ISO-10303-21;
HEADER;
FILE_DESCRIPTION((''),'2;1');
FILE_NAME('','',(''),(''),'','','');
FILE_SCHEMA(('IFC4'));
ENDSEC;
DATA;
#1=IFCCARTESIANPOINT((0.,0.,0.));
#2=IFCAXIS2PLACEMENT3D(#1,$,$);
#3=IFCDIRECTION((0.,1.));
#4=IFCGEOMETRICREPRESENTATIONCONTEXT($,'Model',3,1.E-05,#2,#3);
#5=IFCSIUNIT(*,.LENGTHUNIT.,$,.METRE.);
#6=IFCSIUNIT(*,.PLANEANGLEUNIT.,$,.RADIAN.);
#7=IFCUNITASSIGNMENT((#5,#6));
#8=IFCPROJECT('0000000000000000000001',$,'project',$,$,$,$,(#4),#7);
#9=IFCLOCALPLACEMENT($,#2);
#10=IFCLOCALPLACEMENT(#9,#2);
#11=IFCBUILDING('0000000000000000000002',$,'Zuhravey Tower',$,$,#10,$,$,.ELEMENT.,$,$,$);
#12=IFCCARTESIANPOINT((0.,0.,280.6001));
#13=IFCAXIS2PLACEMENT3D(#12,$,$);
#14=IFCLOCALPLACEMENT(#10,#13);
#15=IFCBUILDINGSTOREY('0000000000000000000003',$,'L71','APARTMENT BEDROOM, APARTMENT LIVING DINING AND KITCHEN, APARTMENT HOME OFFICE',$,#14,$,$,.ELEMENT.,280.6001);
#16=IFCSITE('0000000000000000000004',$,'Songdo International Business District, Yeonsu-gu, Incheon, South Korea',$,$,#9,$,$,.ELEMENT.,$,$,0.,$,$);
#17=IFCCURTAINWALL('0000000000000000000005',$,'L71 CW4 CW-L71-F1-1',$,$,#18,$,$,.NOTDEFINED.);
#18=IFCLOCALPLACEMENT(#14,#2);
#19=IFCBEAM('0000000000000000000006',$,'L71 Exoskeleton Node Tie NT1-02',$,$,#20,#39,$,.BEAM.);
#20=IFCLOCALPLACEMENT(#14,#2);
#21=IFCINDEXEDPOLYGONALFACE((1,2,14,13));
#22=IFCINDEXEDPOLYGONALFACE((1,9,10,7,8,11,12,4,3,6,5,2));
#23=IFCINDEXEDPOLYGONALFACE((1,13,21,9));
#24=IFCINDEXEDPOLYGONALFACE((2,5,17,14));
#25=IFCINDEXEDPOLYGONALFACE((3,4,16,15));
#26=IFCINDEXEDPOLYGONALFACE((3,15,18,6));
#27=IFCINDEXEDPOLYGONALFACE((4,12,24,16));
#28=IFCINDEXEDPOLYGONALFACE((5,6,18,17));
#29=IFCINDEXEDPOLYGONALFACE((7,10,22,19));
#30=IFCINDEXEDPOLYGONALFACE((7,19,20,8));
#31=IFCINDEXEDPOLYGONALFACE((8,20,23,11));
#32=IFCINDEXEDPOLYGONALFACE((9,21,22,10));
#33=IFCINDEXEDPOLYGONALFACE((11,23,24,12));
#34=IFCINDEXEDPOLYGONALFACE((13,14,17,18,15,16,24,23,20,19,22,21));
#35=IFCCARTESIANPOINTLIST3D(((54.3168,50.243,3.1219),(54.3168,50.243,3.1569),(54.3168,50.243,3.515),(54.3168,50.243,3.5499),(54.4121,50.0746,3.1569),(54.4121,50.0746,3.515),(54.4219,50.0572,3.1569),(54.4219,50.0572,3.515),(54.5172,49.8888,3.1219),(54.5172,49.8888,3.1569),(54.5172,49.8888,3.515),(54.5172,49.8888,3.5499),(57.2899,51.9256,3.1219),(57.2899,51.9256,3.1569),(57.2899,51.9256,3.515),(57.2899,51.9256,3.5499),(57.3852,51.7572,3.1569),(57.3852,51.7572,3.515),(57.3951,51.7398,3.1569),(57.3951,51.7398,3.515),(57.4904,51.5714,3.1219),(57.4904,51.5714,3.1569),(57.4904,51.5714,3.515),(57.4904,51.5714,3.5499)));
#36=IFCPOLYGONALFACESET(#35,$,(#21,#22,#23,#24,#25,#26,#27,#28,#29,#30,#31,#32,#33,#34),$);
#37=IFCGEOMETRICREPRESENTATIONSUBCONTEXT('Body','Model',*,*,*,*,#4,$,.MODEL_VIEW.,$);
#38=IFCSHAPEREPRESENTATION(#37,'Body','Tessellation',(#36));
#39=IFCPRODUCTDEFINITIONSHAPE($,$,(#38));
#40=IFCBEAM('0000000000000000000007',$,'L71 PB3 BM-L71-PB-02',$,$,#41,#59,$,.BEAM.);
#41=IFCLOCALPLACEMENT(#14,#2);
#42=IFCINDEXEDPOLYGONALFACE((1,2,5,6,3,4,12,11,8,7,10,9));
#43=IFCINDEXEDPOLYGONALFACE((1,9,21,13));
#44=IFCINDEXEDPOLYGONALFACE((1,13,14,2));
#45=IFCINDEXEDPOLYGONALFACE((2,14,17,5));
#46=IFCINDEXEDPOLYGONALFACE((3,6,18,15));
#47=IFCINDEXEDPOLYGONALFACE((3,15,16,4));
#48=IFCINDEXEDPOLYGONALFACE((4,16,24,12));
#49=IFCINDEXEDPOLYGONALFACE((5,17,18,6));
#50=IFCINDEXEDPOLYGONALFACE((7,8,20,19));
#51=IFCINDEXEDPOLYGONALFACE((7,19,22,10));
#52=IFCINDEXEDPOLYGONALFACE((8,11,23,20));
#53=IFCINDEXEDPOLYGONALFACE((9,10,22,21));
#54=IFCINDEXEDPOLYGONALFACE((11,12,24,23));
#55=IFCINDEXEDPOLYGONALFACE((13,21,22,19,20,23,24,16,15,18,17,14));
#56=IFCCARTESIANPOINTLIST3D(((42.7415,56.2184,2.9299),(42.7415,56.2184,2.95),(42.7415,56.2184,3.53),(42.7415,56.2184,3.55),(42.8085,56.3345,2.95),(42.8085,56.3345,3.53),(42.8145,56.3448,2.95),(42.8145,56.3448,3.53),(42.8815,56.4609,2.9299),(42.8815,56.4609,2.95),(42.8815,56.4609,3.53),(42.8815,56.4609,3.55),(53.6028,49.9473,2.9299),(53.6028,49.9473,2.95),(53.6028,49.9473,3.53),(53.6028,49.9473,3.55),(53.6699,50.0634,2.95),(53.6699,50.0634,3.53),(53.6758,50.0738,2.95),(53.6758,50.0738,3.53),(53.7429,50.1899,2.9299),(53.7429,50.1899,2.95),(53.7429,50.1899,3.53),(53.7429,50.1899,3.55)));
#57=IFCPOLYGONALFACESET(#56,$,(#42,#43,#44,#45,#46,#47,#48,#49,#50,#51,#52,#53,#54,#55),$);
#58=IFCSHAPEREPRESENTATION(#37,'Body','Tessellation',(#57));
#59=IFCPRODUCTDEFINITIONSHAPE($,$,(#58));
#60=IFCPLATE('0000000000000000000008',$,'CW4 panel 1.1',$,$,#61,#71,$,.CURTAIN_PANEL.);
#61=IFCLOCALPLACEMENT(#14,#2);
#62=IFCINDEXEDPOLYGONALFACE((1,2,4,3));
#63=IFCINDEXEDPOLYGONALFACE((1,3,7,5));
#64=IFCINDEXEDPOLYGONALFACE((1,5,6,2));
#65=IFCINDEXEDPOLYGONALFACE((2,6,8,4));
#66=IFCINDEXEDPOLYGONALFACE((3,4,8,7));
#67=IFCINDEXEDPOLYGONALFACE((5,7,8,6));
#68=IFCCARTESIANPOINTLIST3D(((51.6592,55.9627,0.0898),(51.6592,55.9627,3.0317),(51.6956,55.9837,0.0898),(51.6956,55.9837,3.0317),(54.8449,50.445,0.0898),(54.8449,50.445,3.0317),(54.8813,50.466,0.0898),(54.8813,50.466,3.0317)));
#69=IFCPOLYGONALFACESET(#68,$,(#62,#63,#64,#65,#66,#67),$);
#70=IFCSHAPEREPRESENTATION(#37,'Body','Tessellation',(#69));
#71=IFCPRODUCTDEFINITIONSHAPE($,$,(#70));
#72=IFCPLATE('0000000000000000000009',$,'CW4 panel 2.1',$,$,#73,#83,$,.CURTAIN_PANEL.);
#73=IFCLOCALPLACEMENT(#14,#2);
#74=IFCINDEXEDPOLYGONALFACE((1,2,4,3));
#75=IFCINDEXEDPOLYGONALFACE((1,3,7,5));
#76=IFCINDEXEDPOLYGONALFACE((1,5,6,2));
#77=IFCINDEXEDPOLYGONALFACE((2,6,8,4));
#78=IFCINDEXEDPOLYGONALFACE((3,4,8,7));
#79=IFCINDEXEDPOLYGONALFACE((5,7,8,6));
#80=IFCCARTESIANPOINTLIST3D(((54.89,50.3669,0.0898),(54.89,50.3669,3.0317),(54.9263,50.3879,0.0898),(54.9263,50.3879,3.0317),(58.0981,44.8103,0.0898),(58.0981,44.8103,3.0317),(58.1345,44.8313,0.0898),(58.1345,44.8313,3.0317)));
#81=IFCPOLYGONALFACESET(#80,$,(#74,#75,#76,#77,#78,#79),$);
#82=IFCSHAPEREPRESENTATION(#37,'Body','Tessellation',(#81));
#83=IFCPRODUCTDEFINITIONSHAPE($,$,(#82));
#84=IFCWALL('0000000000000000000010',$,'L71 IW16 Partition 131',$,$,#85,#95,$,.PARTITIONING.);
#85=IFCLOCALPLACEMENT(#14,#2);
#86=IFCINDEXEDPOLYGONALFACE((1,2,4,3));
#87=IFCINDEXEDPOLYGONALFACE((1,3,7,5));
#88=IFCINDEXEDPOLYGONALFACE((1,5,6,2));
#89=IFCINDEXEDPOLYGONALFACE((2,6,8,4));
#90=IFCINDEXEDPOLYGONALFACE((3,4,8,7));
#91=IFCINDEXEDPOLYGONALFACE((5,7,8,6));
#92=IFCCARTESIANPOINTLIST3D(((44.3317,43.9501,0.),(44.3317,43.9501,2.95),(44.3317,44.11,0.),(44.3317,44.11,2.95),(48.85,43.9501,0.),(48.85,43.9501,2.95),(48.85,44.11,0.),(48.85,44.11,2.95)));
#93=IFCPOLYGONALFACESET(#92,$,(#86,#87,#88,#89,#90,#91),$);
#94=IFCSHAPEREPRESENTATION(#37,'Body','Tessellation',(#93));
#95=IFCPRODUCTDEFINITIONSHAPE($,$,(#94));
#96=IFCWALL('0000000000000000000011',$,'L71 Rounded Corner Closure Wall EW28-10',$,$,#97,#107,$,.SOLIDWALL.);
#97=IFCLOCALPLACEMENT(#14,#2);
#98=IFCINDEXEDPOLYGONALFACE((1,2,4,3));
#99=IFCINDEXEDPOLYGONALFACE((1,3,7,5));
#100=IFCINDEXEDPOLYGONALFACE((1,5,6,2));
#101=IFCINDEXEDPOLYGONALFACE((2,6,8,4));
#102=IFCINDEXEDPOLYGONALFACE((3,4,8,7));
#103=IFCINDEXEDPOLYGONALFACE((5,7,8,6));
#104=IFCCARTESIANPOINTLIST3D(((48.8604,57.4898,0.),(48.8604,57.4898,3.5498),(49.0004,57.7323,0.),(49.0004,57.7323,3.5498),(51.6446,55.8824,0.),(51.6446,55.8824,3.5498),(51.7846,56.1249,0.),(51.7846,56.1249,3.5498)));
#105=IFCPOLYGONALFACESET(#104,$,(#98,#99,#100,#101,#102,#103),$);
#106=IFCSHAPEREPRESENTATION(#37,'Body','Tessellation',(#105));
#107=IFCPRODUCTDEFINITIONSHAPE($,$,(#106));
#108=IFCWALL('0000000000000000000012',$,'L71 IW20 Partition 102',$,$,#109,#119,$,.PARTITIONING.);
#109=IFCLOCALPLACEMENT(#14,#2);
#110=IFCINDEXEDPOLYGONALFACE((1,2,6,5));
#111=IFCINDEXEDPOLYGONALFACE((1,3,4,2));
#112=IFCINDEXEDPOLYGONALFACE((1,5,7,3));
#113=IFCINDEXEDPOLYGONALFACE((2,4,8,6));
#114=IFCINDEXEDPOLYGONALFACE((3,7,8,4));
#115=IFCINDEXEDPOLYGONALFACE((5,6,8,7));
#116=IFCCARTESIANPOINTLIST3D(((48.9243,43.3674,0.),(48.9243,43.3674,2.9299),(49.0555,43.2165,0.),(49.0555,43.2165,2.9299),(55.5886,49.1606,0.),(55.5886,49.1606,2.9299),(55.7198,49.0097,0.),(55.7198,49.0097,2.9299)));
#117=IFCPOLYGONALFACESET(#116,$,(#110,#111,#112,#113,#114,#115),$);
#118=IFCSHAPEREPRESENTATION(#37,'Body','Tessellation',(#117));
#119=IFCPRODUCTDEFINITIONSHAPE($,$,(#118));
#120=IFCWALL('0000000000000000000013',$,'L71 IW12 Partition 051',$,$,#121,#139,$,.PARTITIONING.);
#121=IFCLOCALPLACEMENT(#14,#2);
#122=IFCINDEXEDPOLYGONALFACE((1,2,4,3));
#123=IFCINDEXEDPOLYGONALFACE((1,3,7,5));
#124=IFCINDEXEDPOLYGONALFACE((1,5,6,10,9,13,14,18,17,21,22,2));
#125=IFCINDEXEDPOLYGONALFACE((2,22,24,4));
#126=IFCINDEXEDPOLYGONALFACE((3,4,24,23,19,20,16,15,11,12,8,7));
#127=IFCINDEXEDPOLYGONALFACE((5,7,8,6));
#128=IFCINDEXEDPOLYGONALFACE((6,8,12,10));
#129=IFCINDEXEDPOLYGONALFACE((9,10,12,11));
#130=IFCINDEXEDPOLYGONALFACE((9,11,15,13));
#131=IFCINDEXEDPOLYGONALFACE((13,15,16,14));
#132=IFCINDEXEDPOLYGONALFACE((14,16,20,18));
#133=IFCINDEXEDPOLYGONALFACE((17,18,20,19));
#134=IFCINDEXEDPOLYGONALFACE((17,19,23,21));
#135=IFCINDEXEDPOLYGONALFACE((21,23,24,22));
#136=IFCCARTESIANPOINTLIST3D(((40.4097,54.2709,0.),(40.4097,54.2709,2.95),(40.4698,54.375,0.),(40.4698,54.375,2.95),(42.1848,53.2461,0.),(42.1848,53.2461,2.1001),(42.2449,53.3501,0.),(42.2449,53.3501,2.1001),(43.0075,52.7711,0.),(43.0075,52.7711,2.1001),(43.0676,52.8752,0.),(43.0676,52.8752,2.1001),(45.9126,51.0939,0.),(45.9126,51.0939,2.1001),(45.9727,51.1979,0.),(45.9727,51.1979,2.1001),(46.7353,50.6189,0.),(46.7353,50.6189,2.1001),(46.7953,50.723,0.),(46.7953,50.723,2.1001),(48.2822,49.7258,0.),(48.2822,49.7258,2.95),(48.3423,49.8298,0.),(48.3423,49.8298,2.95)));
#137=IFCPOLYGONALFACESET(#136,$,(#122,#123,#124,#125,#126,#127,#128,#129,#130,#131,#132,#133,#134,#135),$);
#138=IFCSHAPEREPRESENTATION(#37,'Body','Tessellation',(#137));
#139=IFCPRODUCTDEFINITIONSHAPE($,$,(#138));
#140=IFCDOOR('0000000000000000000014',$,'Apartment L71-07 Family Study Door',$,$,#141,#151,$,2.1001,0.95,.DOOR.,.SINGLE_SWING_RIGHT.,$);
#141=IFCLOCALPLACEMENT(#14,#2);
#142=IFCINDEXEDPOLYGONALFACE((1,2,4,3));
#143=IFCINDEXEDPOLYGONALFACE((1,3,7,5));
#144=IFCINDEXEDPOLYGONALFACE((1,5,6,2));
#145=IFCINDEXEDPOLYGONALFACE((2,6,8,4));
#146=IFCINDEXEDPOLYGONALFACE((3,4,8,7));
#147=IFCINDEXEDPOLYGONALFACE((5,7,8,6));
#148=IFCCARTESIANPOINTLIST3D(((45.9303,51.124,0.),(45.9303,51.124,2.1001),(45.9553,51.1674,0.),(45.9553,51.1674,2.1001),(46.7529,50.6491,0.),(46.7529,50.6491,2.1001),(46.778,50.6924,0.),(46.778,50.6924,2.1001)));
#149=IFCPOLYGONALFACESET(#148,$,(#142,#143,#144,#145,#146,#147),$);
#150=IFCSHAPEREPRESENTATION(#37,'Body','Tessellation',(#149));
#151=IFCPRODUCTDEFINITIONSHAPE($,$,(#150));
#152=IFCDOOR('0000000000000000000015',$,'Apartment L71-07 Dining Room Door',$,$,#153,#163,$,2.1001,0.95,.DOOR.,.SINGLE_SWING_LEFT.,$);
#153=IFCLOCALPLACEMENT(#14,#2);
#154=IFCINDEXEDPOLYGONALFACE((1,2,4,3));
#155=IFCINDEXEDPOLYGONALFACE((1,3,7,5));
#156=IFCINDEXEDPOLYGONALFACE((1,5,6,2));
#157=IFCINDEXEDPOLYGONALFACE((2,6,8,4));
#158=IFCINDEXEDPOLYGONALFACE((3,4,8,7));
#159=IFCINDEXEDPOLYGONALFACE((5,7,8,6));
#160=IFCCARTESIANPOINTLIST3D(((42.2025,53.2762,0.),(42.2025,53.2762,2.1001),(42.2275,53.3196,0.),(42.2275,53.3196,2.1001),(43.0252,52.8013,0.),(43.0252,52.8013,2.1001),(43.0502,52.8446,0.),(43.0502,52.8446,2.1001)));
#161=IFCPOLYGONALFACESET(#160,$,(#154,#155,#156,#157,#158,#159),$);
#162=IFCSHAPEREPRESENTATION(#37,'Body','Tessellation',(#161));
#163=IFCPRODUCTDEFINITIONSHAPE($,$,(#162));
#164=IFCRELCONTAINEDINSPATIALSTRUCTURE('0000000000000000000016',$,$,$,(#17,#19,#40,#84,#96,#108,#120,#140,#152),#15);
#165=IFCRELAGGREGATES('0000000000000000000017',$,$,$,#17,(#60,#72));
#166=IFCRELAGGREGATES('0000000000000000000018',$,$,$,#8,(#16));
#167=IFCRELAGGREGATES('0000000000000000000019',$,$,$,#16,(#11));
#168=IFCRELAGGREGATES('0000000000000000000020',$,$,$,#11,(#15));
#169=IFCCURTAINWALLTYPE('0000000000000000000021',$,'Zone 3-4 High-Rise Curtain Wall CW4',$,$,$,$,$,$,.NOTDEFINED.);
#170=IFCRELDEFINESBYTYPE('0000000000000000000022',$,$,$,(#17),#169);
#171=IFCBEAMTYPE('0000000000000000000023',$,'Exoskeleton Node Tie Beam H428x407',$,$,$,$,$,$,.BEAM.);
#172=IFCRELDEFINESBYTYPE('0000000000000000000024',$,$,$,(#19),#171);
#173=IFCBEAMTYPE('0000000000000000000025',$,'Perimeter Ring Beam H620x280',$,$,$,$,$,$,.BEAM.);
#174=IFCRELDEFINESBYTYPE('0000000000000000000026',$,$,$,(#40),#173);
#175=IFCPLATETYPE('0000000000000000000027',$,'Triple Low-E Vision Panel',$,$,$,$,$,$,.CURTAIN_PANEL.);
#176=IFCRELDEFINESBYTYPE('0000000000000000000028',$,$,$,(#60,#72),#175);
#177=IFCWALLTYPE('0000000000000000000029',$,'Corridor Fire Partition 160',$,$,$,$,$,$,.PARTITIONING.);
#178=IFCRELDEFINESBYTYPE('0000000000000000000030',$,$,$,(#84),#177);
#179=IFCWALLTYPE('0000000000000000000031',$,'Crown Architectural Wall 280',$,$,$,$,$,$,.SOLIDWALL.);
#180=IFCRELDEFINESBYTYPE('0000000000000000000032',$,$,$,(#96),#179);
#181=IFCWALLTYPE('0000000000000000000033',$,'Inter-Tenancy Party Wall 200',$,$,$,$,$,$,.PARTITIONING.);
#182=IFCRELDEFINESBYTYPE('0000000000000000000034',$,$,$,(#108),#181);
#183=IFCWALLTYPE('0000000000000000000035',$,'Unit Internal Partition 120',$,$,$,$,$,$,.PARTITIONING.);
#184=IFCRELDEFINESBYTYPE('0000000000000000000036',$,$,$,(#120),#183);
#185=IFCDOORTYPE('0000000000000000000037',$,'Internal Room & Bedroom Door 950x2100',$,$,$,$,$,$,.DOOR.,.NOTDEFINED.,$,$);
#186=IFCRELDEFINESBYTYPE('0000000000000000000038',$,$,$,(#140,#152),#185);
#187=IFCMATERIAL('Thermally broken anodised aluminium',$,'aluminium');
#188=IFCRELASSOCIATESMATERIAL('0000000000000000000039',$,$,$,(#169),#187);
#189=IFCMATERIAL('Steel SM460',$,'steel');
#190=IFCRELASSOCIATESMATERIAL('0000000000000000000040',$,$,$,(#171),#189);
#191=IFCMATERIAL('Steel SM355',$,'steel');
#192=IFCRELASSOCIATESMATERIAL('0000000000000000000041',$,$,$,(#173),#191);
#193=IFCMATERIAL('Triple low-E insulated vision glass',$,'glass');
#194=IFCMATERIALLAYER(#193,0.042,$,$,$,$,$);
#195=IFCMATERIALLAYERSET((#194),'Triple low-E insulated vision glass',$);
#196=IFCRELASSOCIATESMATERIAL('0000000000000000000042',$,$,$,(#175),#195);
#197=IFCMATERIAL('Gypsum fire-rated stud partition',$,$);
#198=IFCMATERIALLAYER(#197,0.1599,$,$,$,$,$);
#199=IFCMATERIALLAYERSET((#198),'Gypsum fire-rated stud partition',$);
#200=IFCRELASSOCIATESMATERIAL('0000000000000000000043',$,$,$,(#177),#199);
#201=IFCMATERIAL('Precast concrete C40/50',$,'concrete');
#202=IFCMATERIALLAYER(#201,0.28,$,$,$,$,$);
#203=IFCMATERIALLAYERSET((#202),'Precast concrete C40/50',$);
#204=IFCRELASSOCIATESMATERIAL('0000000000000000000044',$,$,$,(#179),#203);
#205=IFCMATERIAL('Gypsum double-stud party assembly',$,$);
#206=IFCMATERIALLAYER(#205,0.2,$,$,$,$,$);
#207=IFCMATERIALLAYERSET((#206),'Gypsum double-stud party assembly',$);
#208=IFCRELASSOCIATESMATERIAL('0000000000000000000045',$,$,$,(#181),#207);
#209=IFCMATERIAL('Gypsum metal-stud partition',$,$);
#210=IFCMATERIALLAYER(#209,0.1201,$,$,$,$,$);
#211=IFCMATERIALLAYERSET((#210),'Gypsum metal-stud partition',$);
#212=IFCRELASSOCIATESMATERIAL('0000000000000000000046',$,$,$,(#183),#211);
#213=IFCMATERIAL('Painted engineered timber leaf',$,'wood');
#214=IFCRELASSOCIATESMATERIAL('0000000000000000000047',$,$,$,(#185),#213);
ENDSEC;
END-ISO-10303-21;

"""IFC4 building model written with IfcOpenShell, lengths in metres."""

from ifc_helpers import new_model, si_unit, direction, frame, frame_2d, origin, origin_2d, place, context, subcontext, project, spatial, rectangle, i_section, extrude, material, layer, layer_set, material_profile, profile_set, type_object, element, fill, aggregate, save


model = new_model("IFC4")

# Units and contexts
model_context = context("Model", 3, precision=1e-05, world=origin(), true_north=direction((0.0, 1.0)))
body_context = subcontext(model_context, "Body", "Model", "MODEL_VIEW")
ifc_project = project(units=[si_unit("LENGTHUNIT", "METRE"), si_unit("PLANEANGLEUNIT", "RADIAN")], contexts=[model_context])

# Site, building, storey
site_placement = place(None, origin())
site = spatial("IfcSite", under=ifc_project, at=site_placement, Name="Songdo International Business District, Yeonsu-gu, Incheon, South Korea", CompositionType="ELEMENT", RefElevation=0.0)
building_placement = place(site_placement, origin())
building = spatial("IfcBuilding", under=site, at=building_placement, Name="Zuhravey Tower", CompositionType="ELEMENT")
storey_placement = place(building_placement, frame((0.0, 0.0, 280.6001)))
storey = spatial("IfcBuildingStorey", under=building, at=storey_placement, Name="L71", Description="APARTMENT BEDROOM, APARTMENT LIVING DINING AND KITCHEN, APARTMENT HOME OFFICE", CompositionType="ELEMENT", Elevation=280.6001)

# Shared definitions
ifc_material_1 = material(Name="Thermally broken anodised aluminium", Category="aluminium")
curtain_wall_type = type_object("IfcCurtainWallType", Name="Zone 3-4 High-Rise Curtain Wall CW4", PredefinedType="NOTDEFINED", material=ifc_material_1)

# Curtain wall
curtain_wall_1_placement = place(storey_placement, origin())
curtain_wall_1 = element("IfcCurtainWall", 1, at=curtain_wall_1_placement, inside=storey, type_object=curtain_wall_type, Name="L71 CW4 CW-L71-F1-1", PredefinedType="NOTDEFINED")

# Beams
ifc_material_2 = material(Name="Steel SM460", Category="steel")
ifc_material_profile_1 = material_profile(ifc_material_2, i_section(OverallWidth=0.407, OverallDepth=0.428, WebThickness=0.02, FlangeThickness=0.0349, at=origin_2d()), Name="H-428x407x20x35")
ifc_profile_set_1 = profile_set([ifc_material_profile_1], Name="Steel SM460")
beam_type_1 = type_object("IfcBeamType", Name="Exoskeleton Node Tie Beam H428x407", PredefinedType="BEAM", material=ifc_profile_set_1)
beam_1_placement = place(storey_placement, frame((54.417, 50.0659, 3.3359), z_axis=(0.870294, 0.492533, 0.0), x_axis=(-0.492533, 0.870294, 0.0)))
element("IfcBeam", 2, at=beam_1_placement, inside=storey, type_object=beam_type_1, Name="L71 Exoskeleton Node Tie NT1-02", PredefinedType="BEAM", context=body_context, shape_type="SweptSolid", body=[
    extrude(i_section(OverallWidth=0.407, OverallDepth=0.428, WebThickness=0.02, FlangeThickness=0.0349, at=origin_2d()), origin(), (0.0, 0.0, 1.0), 3.4163),
])
ifc_material_3 = material(Name="Steel SM355", Category="steel")
ifc_material_profile_2 = material_profile(ifc_material_3, i_section(OverallWidth=0.28, OverallDepth=0.6201, WebThickness=0.012, FlangeThickness=0.02, at=origin_2d()), Name="H-620x280x12x20")
ifc_profile_set_2 = profile_set([ifc_material_profile_2], Name="Steel SM355")
beam_type_2 = type_object("IfcBeamType", Name="Perimeter Ring Beam H620x280", PredefinedType="BEAM", material=ifc_profile_set_2)
beam_2_placement = place(storey_placement, frame((53.6729, 50.0686, 3.24), z_axis=(-0.866018, 0.500012, 0.0), x_axis=(-0.500012, -0.866018, 0.0)))
element("IfcBeam", 3, at=beam_2_placement, inside=storey, type_object=beam_type_2, Name="L71 PB3 BM-L71-PB-02", PredefinedType="BEAM", context=body_context, shape_type="SweptSolid", body=[
    extrude(i_section(OverallWidth=0.28, OverallDepth=0.6201, WebThickness=0.012, FlangeThickness=0.02, at=origin_2d()), origin(), (0.0, 0.0, 1.0), 12.5417),
])

# Plates
ifc_material_4 = material(Name="Triple low-E insulated vision glass", Category="glass")
ifc_layer_1 = layer(ifc_material_4, 0.042)
ifc_layer_set_1 = layer_set([ifc_layer_1], Name="Triple low-E insulated vision glass")
plate_type = type_object("IfcPlateType", Name="Triple Low-E Vision Panel", PredefinedType="CURTAIN_PANEL", material=ifc_layer_set_1)
plate_1_placement = place(storey_placement, frame((53.2703, 53.2144, 0.0898), z_axis=(0.0, 0.0, 1.0), x_axis=(0.500001, -0.866025, 0.0)))
plate_1 = element("IfcPlate", 4, at=plate_1_placement, type_object=plate_type, Name="CW4 panel 1.1", PredefinedType="CURTAIN_PANEL", context=body_context, shape_type="SweptSolid", body=[
    extrude(rectangle(XDim=6.3713, YDim=0.042, at=origin_2d()), origin(), (0.0, 0.0, 1.0), 2.9419),
])
plate_2_placement = place(storey_placement, frame((56.5122, 47.5991, 0.0898), z_axis=(0.0, 0.0, 1.0), x_axis=(0.500001, -0.866025, 0.0)))
plate_2 = element("IfcPlate", 5, at=plate_2_placement, type_object=plate_type, Name="CW4 panel 2.1", PredefinedType="CURTAIN_PANEL", context=body_context, shape_type="SweptSolid", body=[
    extrude(rectangle(XDim=6.4163, YDim=0.042, at=origin_2d()), origin(), (0.0, 0.0, 1.0), 2.9419),
])
aggregate(curtain_wall_1, [plate_1, plate_2])

# Walls
ifc_material_5 = material(Name="Gypsum fire-rated stud partition")
ifc_layer_2 = layer(ifc_material_5, 0.1599)
ifc_layer_set_2 = layer_set([ifc_layer_2], Name="Gypsum fire-rated stud partition")
wall_type_1 = type_object("IfcWallType", Name="Corridor Fire Partition 160", PredefinedType="PARTITIONING", material=ifc_layer_set_2)
wall_1_placement = place(storey_placement, frame((48.8501, 44.03, 0.0), z_axis=(0.0, 0.0, 1.0), x_axis=(-1.0, 0.0, 0.0)))
element("IfcWall", 6, at=wall_1_placement, inside=storey, type_object=wall_type_1, Name="L71 IW16 Partition 131", PredefinedType="PARTITIONING", context=body_context, shape_type="SweptSolid", body=[
    extrude(rectangle(XDim=4.5183, YDim=0.1599, at=frame_2d((2.2593, 0.0))), origin(), (0.0, 0.0, 1.0), 2.95),
])
ifc_material_6 = material(Name="Precast concrete C40/50", Category="concrete")
ifc_layer_3 = layer(ifc_material_6, 0.28)
ifc_layer_set_3 = layer_set([ifc_layer_3], Name="Precast concrete C40/50")
wall_type_2 = type_object("IfcWallType", Name="Crown Architectural Wall 280", PredefinedType="SOLIDWALL", material=ifc_layer_set_3)
wall_2_placement = place(storey_placement, frame((48.9304, 57.6111, 0.0), z_axis=(0.0, 0.0, 1.0), x_axis=(0.866029, -0.499994, 0.0)))
element("IfcWall", 7, at=wall_2_placement, inside=storey, type_object=wall_type_2, Name="L71 Rounded Corner Closure Wall EW28-10", PredefinedType="SOLIDWALL", context=body_context, shape_type="SweptSolid", body=[
    extrude(rectangle(XDim=3.2148, YDim=0.28, at=frame_2d((1.6074, 0.0))), origin(), (0.0, 0.0, 1.0), 3.5498),
])
ifc_material_7 = material(Name="Gypsum double-stud party assembly")
ifc_layer_4 = layer(ifc_material_7, 0.2)
ifc_layer_set_4 = layer_set([ifc_layer_4], Name="Gypsum double-stud party assembly")
wall_type_3 = type_object("IfcWallType", Name="Inter-Tenancy Party Wall 200", PredefinedType="PARTITIONING", material=ifc_layer_set_4)
wall_3_placement = place(storey_placement, frame((48.99, 43.292, 0.0), z_axis=(0.0, 0.0, 1.0), x_axis=(0.754708, 0.65606, 0.0)))
element("IfcWall", 8, at=wall_3_placement, inside=storey, type_object=wall_type_3, Name="L71 IW20 Partition 102", PredefinedType="PARTITIONING", context=body_context, shape_type="SweptSolid", body=[
    extrude(rectangle(XDim=8.8303, YDim=0.2, at=frame_2d((4.415, 0.0))), origin(), (0.0, 0.0, 1.0), 2.9299),
])

# Wall, openings, doors
ifc_material_8 = material(Name="Gypsum metal-stud partition")
ifc_layer_5 = layer(ifc_material_8, 0.1201)
ifc_layer_set_5 = layer_set([ifc_layer_5], Name="Gypsum metal-stud partition")
wall_type_4 = type_object("IfcWallType", Name="Unit Internal Partition 120", PredefinedType="PARTITIONING", material=ifc_layer_set_5)
wall_4_placement = place(storey_placement, frame((48.3123, 49.7778, 0.0), z_axis=(0.0, 0.0, 1.0), x_axis=(-0.866028, 0.499995, 0.0)))
wall_4 = element("IfcWall", 9, at=wall_4_placement, inside=storey, type_object=wall_type_4, Name="L71 IW12 Partition 051", PredefinedType="PARTITIONING", context=body_context, shape_type="SweptSolid", body=[
    extrude(rectangle(XDim=9.0903, YDim=0.1201, at=frame_2d((4.5452, 0.0))), origin(), (0.0, 0.0, 1.0), 2.95),
])
opening_1_placement = place(wall_4_placement, frame((1.7861, 0.0, 0.0)))
opening_1 = element("IfcOpeningElement", 10, at=opening_1_placement, cuts=wall_4, PredefinedType="OPENING", context=body_context, shape_type="SweptSolid", body=[
    extrude(rectangle(XDim=0.95, YDim=2.1001, at=frame_2d((0.4751, 1.05))), frame((0.0, 0.072, 0.0), z_axis=(0.0, -1.0, 0.0), x_axis=(1.0, 0.0, 0.0)), (0.0, 0.0, 1.0), 0.144),
])
opening_2_placement = place(wall_4_placement, frame((6.0906, 0.0, 0.0)))
opening_2 = element("IfcOpeningElement", 11, at=opening_2_placement, cuts=wall_4, PredefinedType="OPENING", context=body_context, shape_type="SweptSolid", body=[
    extrude(rectangle(XDim=0.95, YDim=2.1001, at=frame_2d((0.4751, 1.05))), frame((0.0, 0.072, 0.0), z_axis=(0.0, -1.0, 0.0), x_axis=(1.0, 0.0, 0.0)), (0.0, 0.0, 1.0), 0.144),
])
ifc_material_9 = material(Name="Painted engineered timber leaf", Category="wood")
door_type = type_object("IfcDoorType", Name="Internal Room & Bedroom Door 950x2100", OperationType="NOTDEFINED", PredefinedType="DOOR", material=ifc_material_9)
door_1_placement = place(opening_1_placement, frame((0.95, 0.0, 0.0), z_axis=(0.0, 0.0, 1.0), x_axis=(-1.0, 0.0, 0.0)))
door_1 = element("IfcDoor", 12, at=door_1_placement, inside=storey, type_object=door_type, Name="Apartment L71-07 Family Study Door", OperationType="SINGLE_SWING_RIGHT", OverallHeight=2.1001, OverallWidth=0.95, PredefinedType="DOOR", context=body_context, shape_type="SweptSolid", body=[
    extrude(rectangle(XDim=0.95, YDim=2.1001, at=frame_2d((0.4751, 1.05))), frame((0.0, 0.0249, 0.0), z_axis=(0.0, -1.0, 0.0), x_axis=(1.0, 0.0, 0.0)), (0.0, 0.0, 1.0), 0.05),
])
fill(opening_1, door_1)
door_2_placement = place(opening_2_placement, frame((0.95, 0.0, 0.0), z_axis=(0.0, 0.0, 1.0), x_axis=(-1.0, 0.0, 0.0)))
door_2 = element("IfcDoor", 13, at=door_2_placement, inside=storey, type_object=door_type, Name="Apartment L71-07 Dining Room Door", OperationType="SINGLE_SWING_LEFT", OverallHeight=2.1001, OverallWidth=0.95, PredefinedType="DOOR", context=body_context, shape_type="SweptSolid", body=[
    extrude(rectangle(XDim=0.95, YDim=2.1001, at=frame_2d((0.4751, 1.05))), frame((0.0, 0.0249, 0.0), z_axis=(0.0, -1.0, 0.0), x_axis=(1.0, 0.0, 0.0)), (0.0, 0.0, 1.0), 0.05),
])
fill(opening_2, door_2)

save(model, "model.ifc")
